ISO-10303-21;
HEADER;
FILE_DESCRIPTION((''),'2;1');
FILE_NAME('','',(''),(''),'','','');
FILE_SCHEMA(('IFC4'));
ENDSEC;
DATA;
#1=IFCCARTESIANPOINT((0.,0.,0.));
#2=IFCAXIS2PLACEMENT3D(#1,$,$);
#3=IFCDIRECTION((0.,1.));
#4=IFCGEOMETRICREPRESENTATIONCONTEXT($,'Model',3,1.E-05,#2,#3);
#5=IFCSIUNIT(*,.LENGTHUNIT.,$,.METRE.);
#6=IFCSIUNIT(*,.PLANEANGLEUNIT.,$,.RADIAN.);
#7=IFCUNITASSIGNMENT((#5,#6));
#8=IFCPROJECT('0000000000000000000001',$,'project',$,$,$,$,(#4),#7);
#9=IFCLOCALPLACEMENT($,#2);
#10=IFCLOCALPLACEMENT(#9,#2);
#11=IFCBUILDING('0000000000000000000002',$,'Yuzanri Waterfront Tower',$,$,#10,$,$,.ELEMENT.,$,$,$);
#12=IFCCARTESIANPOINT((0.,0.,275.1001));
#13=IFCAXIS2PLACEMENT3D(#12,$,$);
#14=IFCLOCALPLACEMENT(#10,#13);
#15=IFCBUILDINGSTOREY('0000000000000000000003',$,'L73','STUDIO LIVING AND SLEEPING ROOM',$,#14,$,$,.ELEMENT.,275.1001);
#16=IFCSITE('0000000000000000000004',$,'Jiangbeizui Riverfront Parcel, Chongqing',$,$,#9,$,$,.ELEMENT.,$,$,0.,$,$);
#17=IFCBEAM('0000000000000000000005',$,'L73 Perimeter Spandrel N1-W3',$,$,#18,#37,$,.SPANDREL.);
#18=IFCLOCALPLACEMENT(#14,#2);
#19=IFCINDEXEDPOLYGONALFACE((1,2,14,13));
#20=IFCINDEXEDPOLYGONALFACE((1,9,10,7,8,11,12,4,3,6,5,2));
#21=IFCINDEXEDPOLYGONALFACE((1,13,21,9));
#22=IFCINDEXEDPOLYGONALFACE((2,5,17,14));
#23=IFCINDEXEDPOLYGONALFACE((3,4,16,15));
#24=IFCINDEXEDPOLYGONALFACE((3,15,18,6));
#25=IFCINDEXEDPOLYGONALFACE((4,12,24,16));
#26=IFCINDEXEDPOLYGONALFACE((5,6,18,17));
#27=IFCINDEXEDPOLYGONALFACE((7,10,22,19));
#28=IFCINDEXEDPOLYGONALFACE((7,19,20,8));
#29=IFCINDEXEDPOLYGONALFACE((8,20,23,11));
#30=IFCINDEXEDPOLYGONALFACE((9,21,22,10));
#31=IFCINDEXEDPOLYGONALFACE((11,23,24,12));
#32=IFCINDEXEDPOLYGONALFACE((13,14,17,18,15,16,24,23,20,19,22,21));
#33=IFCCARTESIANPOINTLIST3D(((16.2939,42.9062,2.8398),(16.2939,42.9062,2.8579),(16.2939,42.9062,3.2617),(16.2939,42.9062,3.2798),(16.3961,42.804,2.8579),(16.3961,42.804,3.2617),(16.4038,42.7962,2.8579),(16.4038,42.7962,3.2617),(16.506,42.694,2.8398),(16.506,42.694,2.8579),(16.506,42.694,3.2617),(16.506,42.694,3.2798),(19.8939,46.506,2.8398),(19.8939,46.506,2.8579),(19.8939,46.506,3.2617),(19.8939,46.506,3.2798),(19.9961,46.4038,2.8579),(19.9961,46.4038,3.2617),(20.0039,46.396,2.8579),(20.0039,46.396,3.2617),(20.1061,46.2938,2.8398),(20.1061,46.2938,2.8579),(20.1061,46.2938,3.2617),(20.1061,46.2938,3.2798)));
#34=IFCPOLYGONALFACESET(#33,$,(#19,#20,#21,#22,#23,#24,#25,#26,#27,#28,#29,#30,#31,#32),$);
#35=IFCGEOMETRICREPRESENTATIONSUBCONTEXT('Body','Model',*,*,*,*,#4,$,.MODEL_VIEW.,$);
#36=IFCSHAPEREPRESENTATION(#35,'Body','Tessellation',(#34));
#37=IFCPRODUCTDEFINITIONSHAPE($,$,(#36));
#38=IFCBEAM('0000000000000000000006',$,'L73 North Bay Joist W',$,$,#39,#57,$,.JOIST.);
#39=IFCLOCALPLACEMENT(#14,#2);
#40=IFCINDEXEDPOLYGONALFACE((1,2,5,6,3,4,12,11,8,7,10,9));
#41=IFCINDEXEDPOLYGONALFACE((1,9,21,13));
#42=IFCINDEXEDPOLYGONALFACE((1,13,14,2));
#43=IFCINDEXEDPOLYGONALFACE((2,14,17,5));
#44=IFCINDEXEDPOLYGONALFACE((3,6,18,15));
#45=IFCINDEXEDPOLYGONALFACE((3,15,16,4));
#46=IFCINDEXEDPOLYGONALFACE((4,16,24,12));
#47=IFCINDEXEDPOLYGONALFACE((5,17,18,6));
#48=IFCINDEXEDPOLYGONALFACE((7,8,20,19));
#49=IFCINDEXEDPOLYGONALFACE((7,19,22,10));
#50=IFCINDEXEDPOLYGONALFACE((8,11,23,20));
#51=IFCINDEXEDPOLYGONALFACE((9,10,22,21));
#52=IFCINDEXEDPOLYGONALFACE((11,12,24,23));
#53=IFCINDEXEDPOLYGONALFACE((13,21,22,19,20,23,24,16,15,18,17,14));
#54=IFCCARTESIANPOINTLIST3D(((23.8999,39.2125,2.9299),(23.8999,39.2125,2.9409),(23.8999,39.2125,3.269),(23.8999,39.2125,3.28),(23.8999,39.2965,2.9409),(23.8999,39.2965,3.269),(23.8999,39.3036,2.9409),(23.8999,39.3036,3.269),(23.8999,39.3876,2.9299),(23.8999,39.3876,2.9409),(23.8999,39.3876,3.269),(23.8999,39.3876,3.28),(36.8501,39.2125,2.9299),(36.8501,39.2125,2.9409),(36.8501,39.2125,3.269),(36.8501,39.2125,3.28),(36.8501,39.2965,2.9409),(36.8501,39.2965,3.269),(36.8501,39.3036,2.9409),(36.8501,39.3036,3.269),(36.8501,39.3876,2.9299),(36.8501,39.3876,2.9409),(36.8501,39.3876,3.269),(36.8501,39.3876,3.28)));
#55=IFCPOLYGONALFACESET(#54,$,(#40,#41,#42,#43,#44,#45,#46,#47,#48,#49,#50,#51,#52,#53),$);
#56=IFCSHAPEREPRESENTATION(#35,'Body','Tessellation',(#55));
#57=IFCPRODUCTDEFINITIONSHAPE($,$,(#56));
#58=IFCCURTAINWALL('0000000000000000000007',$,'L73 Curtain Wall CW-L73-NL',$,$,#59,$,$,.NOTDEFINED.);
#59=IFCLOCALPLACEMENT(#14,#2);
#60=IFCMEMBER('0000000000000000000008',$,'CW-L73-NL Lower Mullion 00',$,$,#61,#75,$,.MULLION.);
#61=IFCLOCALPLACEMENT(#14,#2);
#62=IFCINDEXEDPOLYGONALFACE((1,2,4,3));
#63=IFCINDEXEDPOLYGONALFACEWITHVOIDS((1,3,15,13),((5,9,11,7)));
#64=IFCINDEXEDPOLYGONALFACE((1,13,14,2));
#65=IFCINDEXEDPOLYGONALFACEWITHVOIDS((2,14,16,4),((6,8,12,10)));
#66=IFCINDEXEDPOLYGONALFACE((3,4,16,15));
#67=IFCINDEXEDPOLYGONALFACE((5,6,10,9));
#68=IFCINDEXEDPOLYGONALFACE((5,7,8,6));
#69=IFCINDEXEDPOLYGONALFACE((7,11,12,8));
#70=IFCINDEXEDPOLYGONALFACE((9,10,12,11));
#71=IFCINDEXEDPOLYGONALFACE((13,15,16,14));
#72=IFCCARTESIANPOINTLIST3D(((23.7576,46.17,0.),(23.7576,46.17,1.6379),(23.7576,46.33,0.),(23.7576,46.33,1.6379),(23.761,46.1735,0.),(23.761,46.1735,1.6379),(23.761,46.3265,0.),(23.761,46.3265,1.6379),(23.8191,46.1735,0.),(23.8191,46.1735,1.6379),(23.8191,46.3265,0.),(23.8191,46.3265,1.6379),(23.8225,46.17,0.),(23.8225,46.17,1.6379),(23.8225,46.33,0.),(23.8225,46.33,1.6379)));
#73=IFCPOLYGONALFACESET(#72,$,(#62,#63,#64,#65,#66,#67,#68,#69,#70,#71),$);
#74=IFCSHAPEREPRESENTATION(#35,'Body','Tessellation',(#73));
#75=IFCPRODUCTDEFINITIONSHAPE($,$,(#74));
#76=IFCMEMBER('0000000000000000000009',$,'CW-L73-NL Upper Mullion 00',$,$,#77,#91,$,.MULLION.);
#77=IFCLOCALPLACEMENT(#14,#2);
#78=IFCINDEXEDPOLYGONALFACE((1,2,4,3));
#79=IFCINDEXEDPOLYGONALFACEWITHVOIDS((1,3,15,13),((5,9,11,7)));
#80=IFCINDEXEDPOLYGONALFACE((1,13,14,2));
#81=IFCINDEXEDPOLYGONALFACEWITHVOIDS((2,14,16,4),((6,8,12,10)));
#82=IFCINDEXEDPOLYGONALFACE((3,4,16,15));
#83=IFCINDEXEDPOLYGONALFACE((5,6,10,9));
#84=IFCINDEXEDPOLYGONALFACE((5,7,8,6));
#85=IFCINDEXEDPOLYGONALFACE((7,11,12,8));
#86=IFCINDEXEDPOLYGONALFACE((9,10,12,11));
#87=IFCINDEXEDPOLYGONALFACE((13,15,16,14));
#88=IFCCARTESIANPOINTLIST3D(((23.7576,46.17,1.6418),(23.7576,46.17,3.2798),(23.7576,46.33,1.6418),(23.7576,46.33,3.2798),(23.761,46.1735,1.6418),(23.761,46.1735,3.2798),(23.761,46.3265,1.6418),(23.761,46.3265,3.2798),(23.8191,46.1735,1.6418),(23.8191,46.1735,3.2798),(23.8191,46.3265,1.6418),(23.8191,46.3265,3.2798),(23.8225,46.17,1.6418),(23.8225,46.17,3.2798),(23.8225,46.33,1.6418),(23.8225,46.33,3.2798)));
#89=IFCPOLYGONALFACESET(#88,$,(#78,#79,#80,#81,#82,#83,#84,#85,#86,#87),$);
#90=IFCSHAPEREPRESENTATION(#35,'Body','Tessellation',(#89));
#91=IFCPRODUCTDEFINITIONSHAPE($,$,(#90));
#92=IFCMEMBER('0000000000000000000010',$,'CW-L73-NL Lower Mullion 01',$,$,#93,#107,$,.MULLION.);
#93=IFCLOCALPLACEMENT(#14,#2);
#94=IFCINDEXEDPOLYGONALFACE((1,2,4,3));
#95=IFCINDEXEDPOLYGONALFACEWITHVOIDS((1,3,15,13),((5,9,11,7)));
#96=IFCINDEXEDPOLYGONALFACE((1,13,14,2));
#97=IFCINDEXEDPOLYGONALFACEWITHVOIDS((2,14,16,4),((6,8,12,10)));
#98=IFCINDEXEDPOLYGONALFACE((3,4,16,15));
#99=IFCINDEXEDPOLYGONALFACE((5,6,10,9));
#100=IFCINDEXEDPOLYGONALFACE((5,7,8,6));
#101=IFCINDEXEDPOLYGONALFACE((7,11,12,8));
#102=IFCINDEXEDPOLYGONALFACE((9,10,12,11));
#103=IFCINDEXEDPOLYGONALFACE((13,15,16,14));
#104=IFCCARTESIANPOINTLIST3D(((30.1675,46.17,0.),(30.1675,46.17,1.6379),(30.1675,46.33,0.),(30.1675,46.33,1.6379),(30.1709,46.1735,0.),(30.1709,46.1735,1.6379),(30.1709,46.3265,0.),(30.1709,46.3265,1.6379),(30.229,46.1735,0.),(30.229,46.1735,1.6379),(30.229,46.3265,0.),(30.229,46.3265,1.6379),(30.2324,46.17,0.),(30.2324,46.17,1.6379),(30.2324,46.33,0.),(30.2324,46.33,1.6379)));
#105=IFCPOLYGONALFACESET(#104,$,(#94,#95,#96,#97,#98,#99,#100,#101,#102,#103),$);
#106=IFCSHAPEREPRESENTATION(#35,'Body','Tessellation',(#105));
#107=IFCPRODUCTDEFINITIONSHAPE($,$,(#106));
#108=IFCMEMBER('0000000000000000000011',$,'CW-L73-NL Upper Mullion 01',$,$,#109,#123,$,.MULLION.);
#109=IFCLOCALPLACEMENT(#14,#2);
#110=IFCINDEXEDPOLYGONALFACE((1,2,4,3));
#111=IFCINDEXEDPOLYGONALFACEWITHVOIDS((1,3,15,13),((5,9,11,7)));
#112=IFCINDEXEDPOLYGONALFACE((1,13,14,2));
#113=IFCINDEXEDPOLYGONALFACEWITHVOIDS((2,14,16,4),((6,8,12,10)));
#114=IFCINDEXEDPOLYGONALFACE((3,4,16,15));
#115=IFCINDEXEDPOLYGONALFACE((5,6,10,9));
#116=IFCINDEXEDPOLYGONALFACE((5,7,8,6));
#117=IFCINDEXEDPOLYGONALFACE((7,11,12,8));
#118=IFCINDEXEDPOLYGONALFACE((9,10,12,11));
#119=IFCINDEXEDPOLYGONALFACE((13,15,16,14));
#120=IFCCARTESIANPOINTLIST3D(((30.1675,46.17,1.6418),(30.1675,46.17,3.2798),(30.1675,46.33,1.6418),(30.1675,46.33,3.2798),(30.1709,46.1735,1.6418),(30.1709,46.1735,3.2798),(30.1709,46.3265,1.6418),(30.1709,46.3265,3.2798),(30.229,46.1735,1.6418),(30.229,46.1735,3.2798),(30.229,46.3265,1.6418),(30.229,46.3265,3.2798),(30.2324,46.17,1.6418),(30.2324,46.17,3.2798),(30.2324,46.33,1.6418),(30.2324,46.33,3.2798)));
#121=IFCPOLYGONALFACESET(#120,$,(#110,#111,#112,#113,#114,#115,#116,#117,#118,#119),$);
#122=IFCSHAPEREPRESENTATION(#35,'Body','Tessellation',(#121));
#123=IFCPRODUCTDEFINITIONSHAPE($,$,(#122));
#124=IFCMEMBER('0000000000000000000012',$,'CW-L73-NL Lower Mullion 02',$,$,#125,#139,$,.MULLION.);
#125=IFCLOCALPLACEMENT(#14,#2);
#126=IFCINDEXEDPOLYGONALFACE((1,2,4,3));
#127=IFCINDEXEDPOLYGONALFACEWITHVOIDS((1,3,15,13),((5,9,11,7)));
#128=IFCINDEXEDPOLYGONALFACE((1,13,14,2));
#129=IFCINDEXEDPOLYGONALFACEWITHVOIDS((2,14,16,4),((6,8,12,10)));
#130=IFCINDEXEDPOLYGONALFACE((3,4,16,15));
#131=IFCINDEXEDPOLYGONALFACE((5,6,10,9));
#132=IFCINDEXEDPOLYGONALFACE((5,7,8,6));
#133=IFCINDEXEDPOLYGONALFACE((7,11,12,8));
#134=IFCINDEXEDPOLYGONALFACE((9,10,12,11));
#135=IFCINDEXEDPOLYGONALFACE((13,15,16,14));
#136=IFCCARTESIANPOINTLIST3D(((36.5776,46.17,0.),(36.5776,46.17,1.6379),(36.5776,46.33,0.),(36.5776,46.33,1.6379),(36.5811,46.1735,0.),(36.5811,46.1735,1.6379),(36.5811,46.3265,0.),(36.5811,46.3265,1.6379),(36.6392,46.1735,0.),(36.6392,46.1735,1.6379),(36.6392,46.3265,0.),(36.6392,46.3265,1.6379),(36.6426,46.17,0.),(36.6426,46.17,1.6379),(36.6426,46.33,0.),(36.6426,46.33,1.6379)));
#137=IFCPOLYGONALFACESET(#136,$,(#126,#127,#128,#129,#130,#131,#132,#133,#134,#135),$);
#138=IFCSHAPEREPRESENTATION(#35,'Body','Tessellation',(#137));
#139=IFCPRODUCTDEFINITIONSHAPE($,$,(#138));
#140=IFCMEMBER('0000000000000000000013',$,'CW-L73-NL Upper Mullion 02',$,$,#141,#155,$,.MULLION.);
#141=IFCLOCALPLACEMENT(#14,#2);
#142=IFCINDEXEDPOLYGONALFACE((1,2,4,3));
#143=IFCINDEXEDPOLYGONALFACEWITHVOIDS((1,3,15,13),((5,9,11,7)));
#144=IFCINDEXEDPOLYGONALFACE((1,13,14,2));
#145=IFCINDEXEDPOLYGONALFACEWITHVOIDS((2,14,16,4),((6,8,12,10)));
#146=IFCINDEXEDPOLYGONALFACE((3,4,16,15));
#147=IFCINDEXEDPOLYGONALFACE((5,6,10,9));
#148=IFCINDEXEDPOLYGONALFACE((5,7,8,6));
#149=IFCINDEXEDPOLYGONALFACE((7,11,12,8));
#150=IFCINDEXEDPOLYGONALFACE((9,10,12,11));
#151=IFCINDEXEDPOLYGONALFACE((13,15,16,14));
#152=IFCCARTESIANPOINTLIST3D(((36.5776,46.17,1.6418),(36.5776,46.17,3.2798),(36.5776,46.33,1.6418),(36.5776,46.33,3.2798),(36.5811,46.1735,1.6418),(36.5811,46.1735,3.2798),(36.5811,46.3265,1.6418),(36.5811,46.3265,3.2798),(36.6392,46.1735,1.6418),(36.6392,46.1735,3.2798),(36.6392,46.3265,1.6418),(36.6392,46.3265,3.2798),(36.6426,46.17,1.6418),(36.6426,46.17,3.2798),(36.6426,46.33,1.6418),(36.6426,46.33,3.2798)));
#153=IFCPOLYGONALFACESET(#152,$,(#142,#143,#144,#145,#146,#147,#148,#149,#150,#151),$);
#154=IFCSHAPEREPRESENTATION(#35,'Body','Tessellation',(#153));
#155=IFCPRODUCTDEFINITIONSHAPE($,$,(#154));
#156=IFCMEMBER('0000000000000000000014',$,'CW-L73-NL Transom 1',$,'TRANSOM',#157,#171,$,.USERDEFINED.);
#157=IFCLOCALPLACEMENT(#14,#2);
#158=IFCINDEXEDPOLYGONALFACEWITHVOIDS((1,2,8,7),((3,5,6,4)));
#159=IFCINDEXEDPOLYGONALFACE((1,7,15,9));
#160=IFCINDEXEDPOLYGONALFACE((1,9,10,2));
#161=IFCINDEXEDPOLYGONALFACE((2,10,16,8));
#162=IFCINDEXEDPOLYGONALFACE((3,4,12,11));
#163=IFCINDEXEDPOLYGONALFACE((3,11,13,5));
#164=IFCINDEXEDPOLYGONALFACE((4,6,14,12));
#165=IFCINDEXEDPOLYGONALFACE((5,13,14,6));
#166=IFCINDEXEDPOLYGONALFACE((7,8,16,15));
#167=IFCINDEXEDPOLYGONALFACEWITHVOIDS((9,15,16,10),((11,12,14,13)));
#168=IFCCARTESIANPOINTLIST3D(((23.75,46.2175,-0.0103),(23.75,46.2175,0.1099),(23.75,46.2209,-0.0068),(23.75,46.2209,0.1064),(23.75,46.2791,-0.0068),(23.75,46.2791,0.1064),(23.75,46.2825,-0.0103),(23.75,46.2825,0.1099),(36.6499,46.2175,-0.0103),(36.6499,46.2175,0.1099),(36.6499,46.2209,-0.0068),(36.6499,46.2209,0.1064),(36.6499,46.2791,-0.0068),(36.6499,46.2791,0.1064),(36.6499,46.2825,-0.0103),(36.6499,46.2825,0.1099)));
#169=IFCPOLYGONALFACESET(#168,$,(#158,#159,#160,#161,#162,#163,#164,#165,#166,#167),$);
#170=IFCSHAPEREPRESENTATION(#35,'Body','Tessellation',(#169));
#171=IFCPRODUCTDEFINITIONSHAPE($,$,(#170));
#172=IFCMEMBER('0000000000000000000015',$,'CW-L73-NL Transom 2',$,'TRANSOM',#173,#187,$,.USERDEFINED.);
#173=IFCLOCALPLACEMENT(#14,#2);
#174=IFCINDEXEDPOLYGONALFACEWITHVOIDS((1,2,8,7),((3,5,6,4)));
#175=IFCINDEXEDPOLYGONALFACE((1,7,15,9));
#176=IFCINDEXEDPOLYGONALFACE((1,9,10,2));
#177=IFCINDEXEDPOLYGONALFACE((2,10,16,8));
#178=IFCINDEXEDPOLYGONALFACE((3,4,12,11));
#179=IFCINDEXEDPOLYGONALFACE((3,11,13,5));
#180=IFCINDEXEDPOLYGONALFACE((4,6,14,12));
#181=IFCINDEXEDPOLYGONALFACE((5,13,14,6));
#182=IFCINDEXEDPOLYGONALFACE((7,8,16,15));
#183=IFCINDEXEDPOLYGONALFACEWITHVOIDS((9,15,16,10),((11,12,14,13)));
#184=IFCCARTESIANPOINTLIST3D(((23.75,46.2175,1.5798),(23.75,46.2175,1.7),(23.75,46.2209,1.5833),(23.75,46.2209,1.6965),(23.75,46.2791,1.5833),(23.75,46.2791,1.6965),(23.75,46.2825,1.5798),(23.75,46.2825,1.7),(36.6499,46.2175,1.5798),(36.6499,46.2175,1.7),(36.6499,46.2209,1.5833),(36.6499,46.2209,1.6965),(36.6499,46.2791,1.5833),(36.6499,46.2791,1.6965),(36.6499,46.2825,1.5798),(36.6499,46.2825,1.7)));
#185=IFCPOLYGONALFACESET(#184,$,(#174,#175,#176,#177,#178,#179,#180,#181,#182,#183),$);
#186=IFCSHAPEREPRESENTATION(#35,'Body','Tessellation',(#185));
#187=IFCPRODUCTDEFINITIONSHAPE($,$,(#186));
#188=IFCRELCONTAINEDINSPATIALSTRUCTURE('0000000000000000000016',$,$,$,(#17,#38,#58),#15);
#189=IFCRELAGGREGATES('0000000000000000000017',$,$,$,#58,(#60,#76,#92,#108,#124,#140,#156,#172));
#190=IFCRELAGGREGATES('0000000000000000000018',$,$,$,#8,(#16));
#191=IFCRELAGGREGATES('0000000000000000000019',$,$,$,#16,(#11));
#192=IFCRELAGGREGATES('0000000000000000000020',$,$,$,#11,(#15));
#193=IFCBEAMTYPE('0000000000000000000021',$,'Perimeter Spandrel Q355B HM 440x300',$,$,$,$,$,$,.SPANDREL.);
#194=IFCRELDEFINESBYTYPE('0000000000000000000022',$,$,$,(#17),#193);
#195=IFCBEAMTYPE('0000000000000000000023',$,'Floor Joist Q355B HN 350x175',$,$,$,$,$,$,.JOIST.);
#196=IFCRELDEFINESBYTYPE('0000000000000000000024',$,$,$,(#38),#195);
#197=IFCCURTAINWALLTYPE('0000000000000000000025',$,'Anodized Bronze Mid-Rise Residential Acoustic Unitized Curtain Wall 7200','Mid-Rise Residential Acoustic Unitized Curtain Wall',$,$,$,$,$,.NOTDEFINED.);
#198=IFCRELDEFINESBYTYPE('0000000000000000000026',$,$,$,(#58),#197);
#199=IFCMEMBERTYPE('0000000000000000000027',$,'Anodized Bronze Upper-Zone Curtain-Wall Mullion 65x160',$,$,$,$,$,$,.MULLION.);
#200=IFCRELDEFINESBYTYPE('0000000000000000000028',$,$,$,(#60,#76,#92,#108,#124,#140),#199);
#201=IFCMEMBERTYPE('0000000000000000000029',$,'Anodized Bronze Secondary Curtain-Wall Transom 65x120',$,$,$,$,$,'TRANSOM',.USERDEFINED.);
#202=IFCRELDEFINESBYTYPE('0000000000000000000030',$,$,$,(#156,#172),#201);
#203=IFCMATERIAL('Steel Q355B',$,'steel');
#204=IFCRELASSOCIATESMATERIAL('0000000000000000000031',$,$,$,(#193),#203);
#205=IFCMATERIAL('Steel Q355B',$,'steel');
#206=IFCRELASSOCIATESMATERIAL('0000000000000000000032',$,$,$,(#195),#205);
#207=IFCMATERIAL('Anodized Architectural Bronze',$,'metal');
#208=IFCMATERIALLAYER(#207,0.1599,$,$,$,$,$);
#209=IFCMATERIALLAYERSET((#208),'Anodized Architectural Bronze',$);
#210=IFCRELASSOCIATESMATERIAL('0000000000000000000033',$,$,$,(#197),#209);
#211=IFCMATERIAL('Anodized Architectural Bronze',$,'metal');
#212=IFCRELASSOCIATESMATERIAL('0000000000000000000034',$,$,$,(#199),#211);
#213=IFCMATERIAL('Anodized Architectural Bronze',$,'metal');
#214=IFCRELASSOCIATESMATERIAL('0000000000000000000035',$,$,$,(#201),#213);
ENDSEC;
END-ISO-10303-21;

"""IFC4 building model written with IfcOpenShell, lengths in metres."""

from ifc_helpers import new_model, si_unit, direction, frame, origin, origin_2d, place, context, subcontext, project, spatial, hollow_rectangle, i_section, extrude, source, transform, mapped, material, layer, layer_set, material_profile, profile_set, type_object, element, aggregate, save


model = new_model("IFC4")

# Units and contexts
model_context = context("Model", 3, precision=1e-05, world=origin(), true_north=direction((0.0, 1.0)))
body_context = subcontext(model_context, "Body", "Model", "MODEL_VIEW")
ifc_project = project(units=[si_unit("LENGTHUNIT", "METRE"), si_unit("PLANEANGLEUNIT", "RADIAN")], contexts=[model_context])

# Site, building, storey
site_placement = place(None, origin())
site = spatial("IfcSite", under=ifc_project, at=site_placement, Name="Jiangbeizui Riverfront Parcel, Chongqing", CompositionType="ELEMENT", RefElevation=0.0)
building_placement = place(site_placement, origin())
building = spatial("IfcBuilding", under=site, at=building_placement, Name="Yuzanri Waterfront Tower", CompositionType="ELEMENT")
storey_placement = place(building_placement, frame((0.0, 0.0, 275.1001)))
storey = spatial("IfcBuildingStorey", under=building, at=storey_placement, Name="L73", Description="STUDIO LIVING AND SLEEPING ROOM", CompositionType="ELEMENT", Elevation=275.1001)

# Beams
ifc_material_1 = material(Name="Steel Q355B", Category="steel")
ifc_material_profile_1 = material_profile(ifc_material_1, i_section(OverallWidth=0.3, OverallDepth=0.4399, WebThickness=0.011, FlangeThickness=0.0181, at=origin_2d()), Name="HM 440x300x11x18")
ifc_profile_set_1 = profile_set([ifc_material_profile_1], Name="Steel Q355B")
beam_type_1 = type_object("IfcBeamType", Name="Perimeter Spandrel Q355B HM 440x300", PredefinedType="SPANDREL", material=ifc_profile_set_1)
shared_shape_1 = source(origin(), body_context, "Body", "SweptSolid", [
    extrude(i_section(OverallWidth=0.3, OverallDepth=0.4399, WebThickness=0.011, FlangeThickness=0.0181, at=origin_2d()), origin(), (0.0, 0.0, 1.0), 5.0911),
])
beam_1_placement = place(storey_placement, frame((20.0, 46.3999, 3.0598), z_axis=(-0.707131, -0.707083, 0.0), x_axis=(0.707083, -0.707131, 0.0)))
element("IfcBeam", 1, at=beam_1_placement, inside=storey, type_object=beam_type_1, Name="L73 Perimeter Spandrel N1-W3", PredefinedType="SPANDREL", context=body_context, shape_type="MappedRepresentation", body=[
    mapped(shared_shape_1, transform((0.0, 0.0, 0.0), scale=1.0)),
])
ifc_material_2 = material(Name="Steel Q355B", Category="steel")
ifc_material_profile_2 = material_profile(ifc_material_2, i_section(OverallWidth=0.175, OverallDepth=0.3501, WebThickness=0.0071, FlangeThickness=0.011, at=origin_2d()), Name="HN 350x175x7x11")
ifc_profile_set_2 = profile_set([ifc_material_profile_2], Name="Steel Q355B")
beam_type_2 = type_object("IfcBeamType", Name="Floor Joist Q355B HN 350x175", PredefinedType="JOIST", material=ifc_profile_set_2)
shared_shape_2 = source(origin(), body_context, "Body", "SweptSolid", [
    extrude(i_section(OverallWidth=0.175, OverallDepth=0.3501, WebThickness=0.0071, FlangeThickness=0.011, at=origin_2d()), origin(), (0.0, 0.0, 1.0), 12.9502),
])
beam_2_placement = place(storey_placement, frame((23.8999, 39.3, 3.105), z_axis=(1.0, 0.0, 0.0), x_axis=(0.0, 1.0, 0.0)))
element("IfcBeam", 2, at=beam_2_placement, inside=storey, type_object=beam_type_2, Name="L73 North Bay Joist W", PredefinedType="JOIST", context=body_context, shape_type="MappedRepresentation", body=[
    mapped(shared_shape_2, transform((0.0, 0.0, 0.0), scale=1.0)),
])

# Curtain wall, members
ifc_material_3 = material(Name="Anodized Architectural Bronze", Category="metal")
ifc_layer_1 = layer(ifc_material_3, 0.1599)
ifc_layer_set_1 = layer_set([ifc_layer_1], Name="Anodized Architectural Bronze")
curtain_wall_type = type_object("IfcCurtainWallType", Name="Anodized Bronze Mid-Rise Residential Acoustic Unitized Curtain Wall 7200", Description="Mid-Rise Residential Acoustic Unitized Curtain Wall", PredefinedType="NOTDEFINED", material=ifc_layer_set_1)
curtain_wall_placement = place(storey_placement, origin())
curtain_wall = element("IfcCurtainWall", 3, at=curtain_wall_placement, inside=storey, type_object=curtain_wall_type, Name="L73 Curtain Wall CW-L73-NL", PredefinedType="NOTDEFINED")
ifc_material_4 = material(Name="Anodized Architectural Bronze", Category="metal")
ifc_material_profile_3 = material_profile(ifc_material_4, hollow_rectangle(XDim=0.0649, YDim=0.1599, WallThickness=0.0034, at=origin_2d()), Name="CWM 65x160")
ifc_profile_set_3 = profile_set([ifc_material_profile_3], Name="Anodized Architectural Bronze")
member_type_1 = type_object("IfcMemberType", Name="Anodized Bronze Upper-Zone Curtain-Wall Mullion 65x160", PredefinedType="MULLION", material=ifc_profile_set_3)
shared_shape_3 = source(origin(), body_context, "Body", "SweptSolid", [
    extrude(hollow_rectangle(XDim=0.0649, YDim=0.1599, WallThickness=0.0034, at=origin_2d()), origin(), (0.0, 0.0, 1.0), 1.6379),
])
member_1_placement = place(storey_placement, frame((23.79, 46.25, 0.0), z_axis=(0.0, 0.0, 1.0), x_axis=(1.0, 0.0, 0.0)))
member_1 = element("IfcMember", 4, at=member_1_placement, type_object=member_type_1, Name="CW-L73-NL Lower Mullion 00", PredefinedType="MULLION", context=body_context, shape_type="MappedRepresentation", body=[
    mapped(shared_shape_3, transform((0.0, 0.0, 0.0), scale=1.0)),
])
member_2_placement = place(storey_placement, frame((23.79, 46.25, 1.6418), z_axis=(0.0, 0.0, 1.0), x_axis=(1.0, 0.0, 0.0)))
member_2 = element("IfcMember", 5, at=member_2_placement, type_object=member_type_1, Name="CW-L73-NL Upper Mullion 00", PredefinedType="MULLION", context=body_context, shape_type="MappedRepresentation", body=[
    mapped(shared_shape_3, transform((0.0, 0.0, 0.0), scale=1.0)),
])
member_3_placement = place(storey_placement, frame((30.2, 46.25, 0.0), z_axis=(0.0, 0.0, 1.0), x_axis=(1.0, 0.0, 0.0)))
member_3 = element("IfcMember", 6, at=member_3_placement, type_object=member_type_1, Name="CW-L73-NL Lower Mullion 01", PredefinedType="MULLION", context=body_context, shape_type="MappedRepresentation", body=[
    mapped(shared_shape_3, transform((0.0, 0.0, 0.0), scale=1.0)),
])
member_4_placement = place(storey_placement, frame((30.2, 46.25, 1.6418), z_axis=(0.0, 0.0, 1.0), x_axis=(1.0, 0.0, 0.0)))
member_4 = element("IfcMember", 7, at=member_4_placement, type_object=member_type_1, Name="CW-L73-NL Upper Mullion 01", PredefinedType="MULLION", context=body_context, shape_type="MappedRepresentation", body=[
    mapped(shared_shape_3, transform((0.0, 0.0, 0.0), scale=1.0)),
])
member_5_placement = place(storey_placement, frame((36.6101, 46.25, 0.0), z_axis=(0.0, 0.0, 1.0), x_axis=(1.0, 0.0, 0.0)))
member_5 = element("IfcMember", 8, at=member_5_placement, type_object=member_type_1, Name="CW-L73-NL Lower Mullion 02", PredefinedType="MULLION", context=body_context, shape_type="MappedRepresentation", body=[
    mapped(shared_shape_3, transform((0.0, 0.0, 0.0), scale=1.0)),
])
member_6_placement = place(storey_placement, frame((36.6101, 46.25, 1.6418), z_axis=(0.0, 0.0, 1.0), x_axis=(1.0, 0.0, 0.0)))
member_6 = element("IfcMember", 9, at=member_6_placement, type_object=member_type_1, Name="CW-L73-NL Upper Mullion 02", PredefinedType="MULLION", context=body_context, shape_type="MappedRepresentation", body=[
    mapped(shared_shape_3, transform((0.0, 0.0, 0.0), scale=1.0)),
])
ifc_material_5 = material(Name="Anodized Architectural Bronze", Category="metal")
ifc_material_profile_4 = material_profile(ifc_material_5, hollow_rectangle(XDim=0.0649, YDim=0.1201, WallThickness=0.0034, at=origin_2d()), Name="CWT 65x120")
ifc_profile_set_4 = profile_set([ifc_material_profile_4], Name="Anodized Architectural Bronze")
member_type_2 = type_object("IfcMemberType", Name="Anodized Bronze Secondary Curtain-Wall Transom 65x120", ElementType="TRANSOM", PredefinedType="USERDEFINED", material=ifc_profile_set_4)
shared_shape_4 = source(origin(), body_context, "Body", "SweptSolid", [
    extrude(hollow_rectangle(XDim=0.0649, YDim=0.1201, WallThickness=0.0034, at=origin_2d()), origin(), (0.0, 0.0, 1.0), 12.8999),
])
member_7_placement = place(storey_placement, frame((23.75, 46.25, 0.0498), z_axis=(1.0, 0.0, 0.0), x_axis=(0.0, 1.0, 0.0)))
member_7 = element("IfcMember", 10, at=member_7_placement, type_object=member_type_2, Name="CW-L73-NL Transom 1", ObjectType="TRANSOM", PredefinedType="USERDEFINED", context=body_context, shape_type="MappedRepresentation", body=[
    mapped(shared_shape_4, transform((0.0, 0.0, 0.0), scale=1.0)),
])
member_8_placement = place(storey_placement, frame((23.75, 46.25, 1.6399), z_axis=(1.0, 0.0, 0.0), x_axis=(0.0, 1.0, 0.0)))
member_8 = element("IfcMember", 11, at=member_8_placement, type_object=member_type_2, Name="CW-L73-NL Transom 2", ObjectType="TRANSOM", PredefinedType="USERDEFINED", context=body_context, shape_type="MappedRepresentation", body=[
    mapped(shared_shape_4, transform((0.0, 0.0, 0.0), scale=1.0)),
])

aggregate(curtain_wall, [member_1, member_2, member_3, member_4, member_5, member_6, member_7, member_8])

save(model, "model.ifc")
